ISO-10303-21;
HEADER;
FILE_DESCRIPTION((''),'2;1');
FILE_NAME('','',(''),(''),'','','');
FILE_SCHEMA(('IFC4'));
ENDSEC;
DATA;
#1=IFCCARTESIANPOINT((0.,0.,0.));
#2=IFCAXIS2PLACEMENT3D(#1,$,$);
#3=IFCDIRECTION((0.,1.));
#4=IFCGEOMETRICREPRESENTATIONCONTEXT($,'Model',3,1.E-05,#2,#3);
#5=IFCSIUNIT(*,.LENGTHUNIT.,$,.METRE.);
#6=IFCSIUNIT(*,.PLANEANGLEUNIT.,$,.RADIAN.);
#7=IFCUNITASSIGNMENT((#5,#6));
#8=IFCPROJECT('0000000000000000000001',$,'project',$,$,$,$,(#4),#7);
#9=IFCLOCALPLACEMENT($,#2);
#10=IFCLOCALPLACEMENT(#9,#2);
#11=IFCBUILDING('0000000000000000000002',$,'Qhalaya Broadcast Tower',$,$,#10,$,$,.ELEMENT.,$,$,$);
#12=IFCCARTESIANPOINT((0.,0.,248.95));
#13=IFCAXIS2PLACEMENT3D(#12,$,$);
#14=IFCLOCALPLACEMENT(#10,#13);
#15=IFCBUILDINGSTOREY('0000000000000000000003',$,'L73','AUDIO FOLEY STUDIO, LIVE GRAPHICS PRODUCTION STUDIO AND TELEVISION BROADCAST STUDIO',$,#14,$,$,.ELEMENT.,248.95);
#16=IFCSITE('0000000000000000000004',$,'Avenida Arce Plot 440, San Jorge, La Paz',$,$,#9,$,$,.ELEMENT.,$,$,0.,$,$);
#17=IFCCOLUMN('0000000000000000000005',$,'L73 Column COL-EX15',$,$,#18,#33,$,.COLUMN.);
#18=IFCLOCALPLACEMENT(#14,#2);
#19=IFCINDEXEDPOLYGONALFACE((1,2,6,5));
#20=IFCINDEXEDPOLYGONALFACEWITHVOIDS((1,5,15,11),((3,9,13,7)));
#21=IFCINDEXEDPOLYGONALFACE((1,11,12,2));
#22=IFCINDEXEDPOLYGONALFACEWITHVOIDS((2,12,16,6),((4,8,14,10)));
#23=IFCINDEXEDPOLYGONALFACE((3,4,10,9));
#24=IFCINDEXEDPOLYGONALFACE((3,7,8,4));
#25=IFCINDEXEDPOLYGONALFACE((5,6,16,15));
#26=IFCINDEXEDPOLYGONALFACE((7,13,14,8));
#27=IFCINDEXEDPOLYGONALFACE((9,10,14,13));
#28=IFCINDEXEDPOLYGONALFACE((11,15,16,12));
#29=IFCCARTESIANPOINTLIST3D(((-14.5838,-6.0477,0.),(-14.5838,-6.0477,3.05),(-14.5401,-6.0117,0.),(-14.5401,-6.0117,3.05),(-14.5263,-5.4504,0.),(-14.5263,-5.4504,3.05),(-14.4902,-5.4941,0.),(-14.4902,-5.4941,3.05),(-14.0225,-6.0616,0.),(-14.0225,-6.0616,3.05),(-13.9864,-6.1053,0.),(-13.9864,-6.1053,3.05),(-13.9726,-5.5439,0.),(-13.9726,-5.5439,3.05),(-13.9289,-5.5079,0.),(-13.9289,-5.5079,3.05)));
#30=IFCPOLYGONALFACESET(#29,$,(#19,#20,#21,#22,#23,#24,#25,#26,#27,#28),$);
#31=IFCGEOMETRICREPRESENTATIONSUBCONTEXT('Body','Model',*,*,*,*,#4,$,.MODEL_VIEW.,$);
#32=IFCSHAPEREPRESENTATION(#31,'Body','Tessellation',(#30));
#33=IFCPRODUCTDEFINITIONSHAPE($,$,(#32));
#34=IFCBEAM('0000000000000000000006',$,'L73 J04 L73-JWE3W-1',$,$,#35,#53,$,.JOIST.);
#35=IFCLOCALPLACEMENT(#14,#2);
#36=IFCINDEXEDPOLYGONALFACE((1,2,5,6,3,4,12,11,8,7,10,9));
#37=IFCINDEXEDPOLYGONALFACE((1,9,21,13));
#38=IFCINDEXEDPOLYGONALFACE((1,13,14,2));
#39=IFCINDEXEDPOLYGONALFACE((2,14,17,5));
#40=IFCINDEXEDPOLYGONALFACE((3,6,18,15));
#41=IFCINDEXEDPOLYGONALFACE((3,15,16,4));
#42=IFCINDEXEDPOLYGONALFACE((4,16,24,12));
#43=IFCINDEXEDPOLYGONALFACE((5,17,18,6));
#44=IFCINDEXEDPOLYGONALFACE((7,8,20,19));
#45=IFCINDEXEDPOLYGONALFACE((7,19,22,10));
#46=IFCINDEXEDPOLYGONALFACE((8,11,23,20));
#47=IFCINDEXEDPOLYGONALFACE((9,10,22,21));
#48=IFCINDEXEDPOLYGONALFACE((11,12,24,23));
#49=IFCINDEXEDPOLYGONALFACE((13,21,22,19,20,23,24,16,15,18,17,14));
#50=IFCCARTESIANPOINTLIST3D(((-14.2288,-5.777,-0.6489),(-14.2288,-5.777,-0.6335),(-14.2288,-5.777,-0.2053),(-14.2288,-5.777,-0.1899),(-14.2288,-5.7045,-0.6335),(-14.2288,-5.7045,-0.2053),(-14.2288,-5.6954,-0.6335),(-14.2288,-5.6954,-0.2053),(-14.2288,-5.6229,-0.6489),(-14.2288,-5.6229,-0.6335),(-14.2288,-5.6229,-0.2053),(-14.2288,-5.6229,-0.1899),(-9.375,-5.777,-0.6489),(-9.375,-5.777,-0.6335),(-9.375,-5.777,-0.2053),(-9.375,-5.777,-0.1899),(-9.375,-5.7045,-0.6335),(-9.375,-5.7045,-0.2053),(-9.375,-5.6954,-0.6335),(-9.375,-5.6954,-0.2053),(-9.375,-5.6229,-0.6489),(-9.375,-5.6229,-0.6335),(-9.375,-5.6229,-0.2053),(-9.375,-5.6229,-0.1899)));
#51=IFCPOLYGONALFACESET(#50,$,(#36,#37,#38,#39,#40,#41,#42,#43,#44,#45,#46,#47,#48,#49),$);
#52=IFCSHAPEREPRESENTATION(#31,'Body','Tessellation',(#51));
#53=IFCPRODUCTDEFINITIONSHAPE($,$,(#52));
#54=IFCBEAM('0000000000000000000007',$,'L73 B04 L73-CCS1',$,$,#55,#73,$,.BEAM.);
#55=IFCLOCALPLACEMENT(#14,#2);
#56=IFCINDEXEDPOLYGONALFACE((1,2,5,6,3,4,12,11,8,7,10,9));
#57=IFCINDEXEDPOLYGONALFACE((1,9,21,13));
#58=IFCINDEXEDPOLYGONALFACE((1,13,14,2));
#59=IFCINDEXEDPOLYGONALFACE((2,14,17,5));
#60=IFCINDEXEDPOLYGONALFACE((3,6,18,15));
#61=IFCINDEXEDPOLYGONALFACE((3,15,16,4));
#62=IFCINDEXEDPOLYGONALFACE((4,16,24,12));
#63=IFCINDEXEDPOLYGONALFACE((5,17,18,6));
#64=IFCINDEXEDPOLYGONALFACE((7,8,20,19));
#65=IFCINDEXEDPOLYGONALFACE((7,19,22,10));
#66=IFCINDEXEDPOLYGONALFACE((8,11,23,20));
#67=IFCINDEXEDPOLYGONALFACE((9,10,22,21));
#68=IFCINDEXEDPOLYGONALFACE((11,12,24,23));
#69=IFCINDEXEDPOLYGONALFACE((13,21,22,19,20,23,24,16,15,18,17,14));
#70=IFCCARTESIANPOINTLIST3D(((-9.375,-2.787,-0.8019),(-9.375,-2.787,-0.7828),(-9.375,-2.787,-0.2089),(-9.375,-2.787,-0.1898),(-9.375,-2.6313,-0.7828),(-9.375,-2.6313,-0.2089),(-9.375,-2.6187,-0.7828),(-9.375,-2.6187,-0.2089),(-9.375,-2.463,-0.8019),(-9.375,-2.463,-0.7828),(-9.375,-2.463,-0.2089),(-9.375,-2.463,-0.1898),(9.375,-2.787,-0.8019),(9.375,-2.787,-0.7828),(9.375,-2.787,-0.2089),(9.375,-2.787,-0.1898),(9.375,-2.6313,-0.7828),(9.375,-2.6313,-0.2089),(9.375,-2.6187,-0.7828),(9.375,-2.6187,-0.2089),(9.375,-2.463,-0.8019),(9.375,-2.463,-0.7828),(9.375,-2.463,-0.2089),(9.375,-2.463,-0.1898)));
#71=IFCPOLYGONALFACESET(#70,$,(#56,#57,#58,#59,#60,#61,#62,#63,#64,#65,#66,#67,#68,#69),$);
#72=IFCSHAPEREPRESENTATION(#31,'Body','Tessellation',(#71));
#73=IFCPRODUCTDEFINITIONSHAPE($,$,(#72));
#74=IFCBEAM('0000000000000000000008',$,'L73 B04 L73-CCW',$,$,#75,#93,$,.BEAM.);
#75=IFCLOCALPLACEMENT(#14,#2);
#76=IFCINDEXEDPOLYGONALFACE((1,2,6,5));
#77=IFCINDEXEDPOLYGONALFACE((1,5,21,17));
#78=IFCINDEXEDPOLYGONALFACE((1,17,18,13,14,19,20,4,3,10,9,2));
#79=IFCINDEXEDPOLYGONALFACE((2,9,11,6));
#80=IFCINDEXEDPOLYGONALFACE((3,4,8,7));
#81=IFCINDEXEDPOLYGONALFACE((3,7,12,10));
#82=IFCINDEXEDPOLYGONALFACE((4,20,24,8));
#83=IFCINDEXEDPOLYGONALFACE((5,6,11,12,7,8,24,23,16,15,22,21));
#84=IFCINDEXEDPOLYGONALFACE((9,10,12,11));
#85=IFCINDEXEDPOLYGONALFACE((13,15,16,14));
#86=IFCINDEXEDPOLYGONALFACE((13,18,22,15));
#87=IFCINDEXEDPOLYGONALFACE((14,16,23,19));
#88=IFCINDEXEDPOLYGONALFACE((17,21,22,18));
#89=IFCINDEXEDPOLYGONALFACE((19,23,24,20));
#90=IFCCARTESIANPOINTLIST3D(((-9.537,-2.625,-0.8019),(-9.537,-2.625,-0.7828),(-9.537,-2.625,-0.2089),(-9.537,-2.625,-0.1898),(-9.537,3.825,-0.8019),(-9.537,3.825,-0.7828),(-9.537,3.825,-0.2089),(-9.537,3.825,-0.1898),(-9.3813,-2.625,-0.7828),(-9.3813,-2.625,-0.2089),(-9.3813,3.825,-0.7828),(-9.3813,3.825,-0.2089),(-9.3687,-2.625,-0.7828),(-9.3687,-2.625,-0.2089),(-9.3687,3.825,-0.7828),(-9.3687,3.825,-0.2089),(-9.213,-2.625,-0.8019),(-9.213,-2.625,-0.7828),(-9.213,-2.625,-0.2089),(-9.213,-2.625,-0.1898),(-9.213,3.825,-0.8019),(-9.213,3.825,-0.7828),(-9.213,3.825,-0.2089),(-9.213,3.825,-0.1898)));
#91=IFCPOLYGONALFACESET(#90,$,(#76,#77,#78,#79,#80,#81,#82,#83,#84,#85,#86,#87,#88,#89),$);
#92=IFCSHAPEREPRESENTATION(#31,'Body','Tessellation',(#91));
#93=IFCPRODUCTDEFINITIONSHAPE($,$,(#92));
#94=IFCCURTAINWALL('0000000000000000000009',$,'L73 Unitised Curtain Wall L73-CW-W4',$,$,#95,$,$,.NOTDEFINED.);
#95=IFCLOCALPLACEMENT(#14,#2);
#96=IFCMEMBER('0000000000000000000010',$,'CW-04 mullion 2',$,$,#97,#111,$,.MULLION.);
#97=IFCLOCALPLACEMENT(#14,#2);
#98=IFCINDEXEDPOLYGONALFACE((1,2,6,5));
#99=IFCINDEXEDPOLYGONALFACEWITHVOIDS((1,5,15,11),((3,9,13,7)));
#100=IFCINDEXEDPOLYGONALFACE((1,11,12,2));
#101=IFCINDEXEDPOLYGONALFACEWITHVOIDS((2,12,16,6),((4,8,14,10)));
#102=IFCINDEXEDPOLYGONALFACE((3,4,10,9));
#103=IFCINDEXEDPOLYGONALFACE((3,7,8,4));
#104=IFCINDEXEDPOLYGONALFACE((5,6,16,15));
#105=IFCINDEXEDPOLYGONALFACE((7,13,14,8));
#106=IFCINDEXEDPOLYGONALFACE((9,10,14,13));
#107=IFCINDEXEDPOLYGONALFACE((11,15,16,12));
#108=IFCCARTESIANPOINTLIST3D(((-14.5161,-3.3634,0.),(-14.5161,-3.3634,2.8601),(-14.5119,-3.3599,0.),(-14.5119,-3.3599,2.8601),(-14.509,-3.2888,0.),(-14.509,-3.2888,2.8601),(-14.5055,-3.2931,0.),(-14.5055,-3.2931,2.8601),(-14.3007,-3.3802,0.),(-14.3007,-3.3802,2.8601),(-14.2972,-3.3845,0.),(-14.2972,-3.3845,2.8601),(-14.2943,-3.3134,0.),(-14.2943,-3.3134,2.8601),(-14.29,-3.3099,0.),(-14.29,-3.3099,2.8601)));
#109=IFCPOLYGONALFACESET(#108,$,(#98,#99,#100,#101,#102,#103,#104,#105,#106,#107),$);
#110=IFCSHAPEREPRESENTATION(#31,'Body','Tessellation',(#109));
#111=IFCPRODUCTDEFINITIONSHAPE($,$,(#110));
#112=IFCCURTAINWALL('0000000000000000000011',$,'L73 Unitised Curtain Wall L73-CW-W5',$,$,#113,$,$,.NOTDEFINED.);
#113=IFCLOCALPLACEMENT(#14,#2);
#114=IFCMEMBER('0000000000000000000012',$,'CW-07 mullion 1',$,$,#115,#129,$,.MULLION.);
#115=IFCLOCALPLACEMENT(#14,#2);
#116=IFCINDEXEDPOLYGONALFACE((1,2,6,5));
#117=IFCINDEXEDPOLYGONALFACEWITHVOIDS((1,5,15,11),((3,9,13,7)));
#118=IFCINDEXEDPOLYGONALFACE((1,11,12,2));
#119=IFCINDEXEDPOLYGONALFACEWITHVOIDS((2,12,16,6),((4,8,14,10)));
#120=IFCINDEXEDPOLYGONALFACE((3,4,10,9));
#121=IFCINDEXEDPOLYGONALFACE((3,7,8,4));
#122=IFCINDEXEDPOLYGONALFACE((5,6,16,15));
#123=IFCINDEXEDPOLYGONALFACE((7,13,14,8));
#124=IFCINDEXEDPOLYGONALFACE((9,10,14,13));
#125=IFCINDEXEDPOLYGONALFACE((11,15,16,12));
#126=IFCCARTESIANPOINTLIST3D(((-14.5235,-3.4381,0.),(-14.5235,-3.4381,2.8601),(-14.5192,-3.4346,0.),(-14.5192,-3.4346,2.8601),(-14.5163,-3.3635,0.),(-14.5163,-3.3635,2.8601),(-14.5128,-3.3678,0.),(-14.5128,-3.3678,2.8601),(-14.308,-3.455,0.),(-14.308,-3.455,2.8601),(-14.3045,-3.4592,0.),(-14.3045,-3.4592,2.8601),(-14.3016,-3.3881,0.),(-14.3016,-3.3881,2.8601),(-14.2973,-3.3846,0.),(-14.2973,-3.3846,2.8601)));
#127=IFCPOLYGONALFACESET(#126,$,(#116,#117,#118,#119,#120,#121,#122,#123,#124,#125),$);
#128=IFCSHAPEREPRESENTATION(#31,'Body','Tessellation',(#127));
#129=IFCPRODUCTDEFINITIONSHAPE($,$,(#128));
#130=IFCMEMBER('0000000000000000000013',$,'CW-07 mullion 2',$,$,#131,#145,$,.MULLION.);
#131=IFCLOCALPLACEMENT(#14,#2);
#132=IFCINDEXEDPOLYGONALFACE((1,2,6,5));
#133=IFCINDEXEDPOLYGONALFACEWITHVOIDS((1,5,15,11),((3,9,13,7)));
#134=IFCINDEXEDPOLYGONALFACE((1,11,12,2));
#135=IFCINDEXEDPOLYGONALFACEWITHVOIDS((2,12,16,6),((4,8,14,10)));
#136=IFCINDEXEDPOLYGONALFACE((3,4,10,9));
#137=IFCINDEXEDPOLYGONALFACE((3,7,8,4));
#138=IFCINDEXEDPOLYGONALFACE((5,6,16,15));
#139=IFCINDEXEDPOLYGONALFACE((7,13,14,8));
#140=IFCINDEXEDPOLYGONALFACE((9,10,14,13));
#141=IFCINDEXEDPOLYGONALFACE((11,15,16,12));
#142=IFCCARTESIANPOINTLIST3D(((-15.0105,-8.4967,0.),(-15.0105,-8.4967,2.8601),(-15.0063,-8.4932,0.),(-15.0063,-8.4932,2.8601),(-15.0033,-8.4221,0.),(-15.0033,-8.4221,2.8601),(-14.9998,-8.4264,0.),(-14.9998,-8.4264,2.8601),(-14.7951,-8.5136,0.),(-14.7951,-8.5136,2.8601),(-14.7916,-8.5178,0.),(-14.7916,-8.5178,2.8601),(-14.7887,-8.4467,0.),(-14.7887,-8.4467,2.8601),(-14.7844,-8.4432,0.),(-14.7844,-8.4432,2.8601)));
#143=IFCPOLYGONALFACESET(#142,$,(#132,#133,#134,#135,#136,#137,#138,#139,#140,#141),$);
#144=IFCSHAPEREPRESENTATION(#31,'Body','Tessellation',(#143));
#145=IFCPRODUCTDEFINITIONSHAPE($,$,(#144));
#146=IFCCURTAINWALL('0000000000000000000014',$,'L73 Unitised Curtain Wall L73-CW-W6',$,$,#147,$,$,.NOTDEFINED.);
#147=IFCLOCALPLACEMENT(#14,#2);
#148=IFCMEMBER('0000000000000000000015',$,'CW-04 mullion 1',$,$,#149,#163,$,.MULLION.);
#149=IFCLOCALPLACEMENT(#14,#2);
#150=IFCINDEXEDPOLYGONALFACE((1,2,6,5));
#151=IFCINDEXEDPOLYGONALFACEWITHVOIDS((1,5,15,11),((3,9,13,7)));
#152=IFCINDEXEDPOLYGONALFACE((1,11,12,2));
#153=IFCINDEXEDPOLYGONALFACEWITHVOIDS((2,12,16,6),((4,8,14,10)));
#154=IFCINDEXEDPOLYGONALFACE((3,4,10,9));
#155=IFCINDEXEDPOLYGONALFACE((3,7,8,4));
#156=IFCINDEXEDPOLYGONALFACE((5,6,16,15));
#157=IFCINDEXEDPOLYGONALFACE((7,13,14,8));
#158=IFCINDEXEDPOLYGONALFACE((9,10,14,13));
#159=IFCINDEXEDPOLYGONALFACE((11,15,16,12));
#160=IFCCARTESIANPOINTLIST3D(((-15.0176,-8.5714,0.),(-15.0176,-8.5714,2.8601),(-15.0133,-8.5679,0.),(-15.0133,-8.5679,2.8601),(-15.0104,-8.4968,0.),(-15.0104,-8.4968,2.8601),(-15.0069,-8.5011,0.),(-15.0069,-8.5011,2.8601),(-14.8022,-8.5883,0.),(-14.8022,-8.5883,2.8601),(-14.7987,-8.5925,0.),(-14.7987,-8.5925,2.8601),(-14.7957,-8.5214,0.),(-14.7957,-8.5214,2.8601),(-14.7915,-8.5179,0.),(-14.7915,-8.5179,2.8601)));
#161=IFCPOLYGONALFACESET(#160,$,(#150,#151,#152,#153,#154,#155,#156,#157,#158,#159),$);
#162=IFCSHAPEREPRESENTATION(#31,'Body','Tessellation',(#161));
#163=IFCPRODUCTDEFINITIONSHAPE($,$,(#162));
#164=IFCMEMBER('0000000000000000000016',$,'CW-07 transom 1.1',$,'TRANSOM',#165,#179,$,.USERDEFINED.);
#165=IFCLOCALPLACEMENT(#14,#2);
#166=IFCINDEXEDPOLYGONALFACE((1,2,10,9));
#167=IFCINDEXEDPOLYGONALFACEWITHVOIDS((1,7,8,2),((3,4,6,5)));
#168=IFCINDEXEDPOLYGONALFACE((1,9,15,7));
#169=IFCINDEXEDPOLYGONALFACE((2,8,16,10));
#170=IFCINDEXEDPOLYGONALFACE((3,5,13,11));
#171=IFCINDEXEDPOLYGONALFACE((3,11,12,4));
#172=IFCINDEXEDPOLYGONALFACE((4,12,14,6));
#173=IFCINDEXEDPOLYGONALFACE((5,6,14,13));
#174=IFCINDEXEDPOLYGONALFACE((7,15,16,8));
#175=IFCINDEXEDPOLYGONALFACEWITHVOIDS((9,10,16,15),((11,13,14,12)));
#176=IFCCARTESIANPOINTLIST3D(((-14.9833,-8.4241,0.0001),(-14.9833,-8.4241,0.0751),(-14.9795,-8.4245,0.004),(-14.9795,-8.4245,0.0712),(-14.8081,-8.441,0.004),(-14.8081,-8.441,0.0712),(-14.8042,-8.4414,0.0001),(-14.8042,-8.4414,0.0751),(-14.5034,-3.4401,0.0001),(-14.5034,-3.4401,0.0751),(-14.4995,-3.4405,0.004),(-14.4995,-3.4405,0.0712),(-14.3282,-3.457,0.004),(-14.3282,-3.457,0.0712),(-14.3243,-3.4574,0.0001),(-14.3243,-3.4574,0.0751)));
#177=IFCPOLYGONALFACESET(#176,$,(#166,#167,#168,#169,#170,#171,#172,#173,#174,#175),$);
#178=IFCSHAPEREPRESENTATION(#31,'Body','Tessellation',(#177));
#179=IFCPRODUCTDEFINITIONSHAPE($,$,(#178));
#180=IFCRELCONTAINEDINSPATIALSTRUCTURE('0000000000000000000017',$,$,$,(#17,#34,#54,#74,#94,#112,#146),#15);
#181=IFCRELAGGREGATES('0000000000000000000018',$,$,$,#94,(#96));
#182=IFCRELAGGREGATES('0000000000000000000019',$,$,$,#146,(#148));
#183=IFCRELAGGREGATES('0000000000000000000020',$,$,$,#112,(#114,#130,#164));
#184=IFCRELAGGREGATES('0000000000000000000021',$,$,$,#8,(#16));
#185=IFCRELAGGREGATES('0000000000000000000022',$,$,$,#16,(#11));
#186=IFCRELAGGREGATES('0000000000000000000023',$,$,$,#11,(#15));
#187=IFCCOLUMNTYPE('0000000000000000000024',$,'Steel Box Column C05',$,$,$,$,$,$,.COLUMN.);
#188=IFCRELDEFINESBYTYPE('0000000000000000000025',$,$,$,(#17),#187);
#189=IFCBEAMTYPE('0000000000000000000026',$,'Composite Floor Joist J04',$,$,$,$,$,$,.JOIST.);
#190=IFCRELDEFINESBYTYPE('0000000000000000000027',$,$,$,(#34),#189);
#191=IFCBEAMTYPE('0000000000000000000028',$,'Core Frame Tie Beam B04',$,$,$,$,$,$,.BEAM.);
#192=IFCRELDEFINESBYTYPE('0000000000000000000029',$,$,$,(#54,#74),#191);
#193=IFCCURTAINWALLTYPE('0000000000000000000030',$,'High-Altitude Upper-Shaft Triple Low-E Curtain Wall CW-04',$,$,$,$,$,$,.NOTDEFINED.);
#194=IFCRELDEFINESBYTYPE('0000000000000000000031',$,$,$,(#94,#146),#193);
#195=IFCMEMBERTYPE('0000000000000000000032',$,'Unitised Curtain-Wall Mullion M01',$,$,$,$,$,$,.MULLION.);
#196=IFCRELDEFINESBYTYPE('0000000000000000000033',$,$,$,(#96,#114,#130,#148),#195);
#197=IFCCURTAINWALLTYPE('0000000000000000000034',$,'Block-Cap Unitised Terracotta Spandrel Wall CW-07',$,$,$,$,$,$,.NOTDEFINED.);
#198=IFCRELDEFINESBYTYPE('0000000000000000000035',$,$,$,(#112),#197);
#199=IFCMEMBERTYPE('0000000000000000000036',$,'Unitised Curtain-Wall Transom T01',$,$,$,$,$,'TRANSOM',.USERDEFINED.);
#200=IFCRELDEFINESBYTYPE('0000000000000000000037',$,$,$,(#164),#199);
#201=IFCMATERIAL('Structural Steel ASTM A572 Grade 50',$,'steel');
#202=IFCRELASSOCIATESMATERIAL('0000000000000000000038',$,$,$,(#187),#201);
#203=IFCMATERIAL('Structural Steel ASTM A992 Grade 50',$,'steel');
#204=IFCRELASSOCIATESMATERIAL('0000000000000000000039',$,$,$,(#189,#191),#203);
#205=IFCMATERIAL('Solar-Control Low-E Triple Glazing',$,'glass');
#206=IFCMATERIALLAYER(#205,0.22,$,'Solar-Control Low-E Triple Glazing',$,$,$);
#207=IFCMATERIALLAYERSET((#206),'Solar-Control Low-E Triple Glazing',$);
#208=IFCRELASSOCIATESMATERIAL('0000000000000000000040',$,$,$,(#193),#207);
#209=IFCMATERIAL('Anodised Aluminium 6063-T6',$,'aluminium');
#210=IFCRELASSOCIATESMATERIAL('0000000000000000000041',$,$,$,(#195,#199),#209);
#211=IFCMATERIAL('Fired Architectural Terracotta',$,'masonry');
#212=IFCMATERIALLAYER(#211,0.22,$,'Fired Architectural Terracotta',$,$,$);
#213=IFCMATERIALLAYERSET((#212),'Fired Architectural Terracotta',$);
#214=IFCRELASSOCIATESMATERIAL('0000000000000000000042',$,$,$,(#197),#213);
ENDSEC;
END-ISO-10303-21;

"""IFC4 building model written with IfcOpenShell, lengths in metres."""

from ifc_helpers import new_model, si_unit, direction, frame, origin, origin_2d, place, context, subcontext, project, spatial, hollow_rectangle, i_section, extrude, material, layer, layer_set, material_profile, profile_set, type_object, element, aggregate, save


model = new_model("IFC4")

# Units and contexts
model_context = context("Model", 3, precision=1e-05, world=origin(), true_north=direction((0.0, 1.0)))
body_context = subcontext(model_context, "Body", "Model", "MODEL_VIEW")
ifc_project = project(units=[si_unit("LENGTHUNIT", "METRE"), si_unit("PLANEANGLEUNIT", "RADIAN")], contexts=[model_context])

# Site, building, storey
site_placement = place(None, origin())
site = spatial("IfcSite", under=ifc_project, at=site_placement, Name="Avenida Arce Plot 440, San Jorge, La Paz", CompositionType="ELEMENT", RefElevation=0.0)
building_placement = place(site_placement, origin())
building = spatial("IfcBuilding", under=site, at=building_placement, Name="Qhalaya Broadcast Tower", CompositionType="ELEMENT")
storey_placement = place(building_placement, frame((0.0, 0.0, 248.95)))
storey = spatial("IfcBuildingStorey", under=building, at=storey_placement, Name="L73", Description="AUDIO FOLEY STUDIO, LIVE GRAPHICS PRODUCTION STUDIO AND TELEVISION BROADCAST STUDIO", CompositionType="ELEMENT", Elevation=248.95)

# Column
ifc_material_1 = material(Name="Structural Steel ASTM A572 Grade 50", Category="steel")
ifc_material_profile_1 = material_profile(ifc_material_1, hollow_rectangle(XDim=0.6001, YDim=0.6001, WallThickness=0.04, at=origin_2d()), Name="BOX 600x600x40")
ifc_profile_set_1 = profile_set([ifc_material_profile_1], Name="Structural Steel ASTM A572 Grade 50")
column_type = type_object("IfcColumnType", Name="Steel Box Column C05", PredefinedType="COLUMN", material=ifc_profile_set_1)
column_placement = place(storey_placement, frame((-14.2563, -5.7778, 0.0), z_axis=(0.0, 0.0, 1.0), x_axis=(0.095846, 0.995396, 0.0)))
element("IfcColumn", 1, at=column_placement, inside=storey, type_object=column_type, Name="L73 Column COL-EX15", PredefinedType="COLUMN", context=body_context, shape_type="SweptSolid", body=[
    extrude(hollow_rectangle(XDim=0.6001, YDim=0.6001, WallThickness=0.04, at=origin_2d()), origin(), (0.0, 0.0, 1.0), 3.05),
])

# Beams
ifc_material_2 = material(Name="Structural Steel ASTM A992 Grade 50", Category="steel")
ifc_material_profile_2 = material_profile(ifc_material_2, i_section(OverallWidth=0.1541, OverallDepth=0.459, WebThickness=0.009, FlangeThickness=0.0154, at=origin_2d()), Name="W18X46")
ifc_profile_set_2 = profile_set([ifc_material_profile_2], Name="Structural Steel ASTM A992 Grade 50")
beam_type_1 = type_object("IfcBeamType", Name="Composite Floor Joist J04", PredefinedType="JOIST", material=ifc_profile_set_2)
beam_1_placement = place(storey_placement, frame((-14.2288, -5.7, -0.4194), z_axis=(1.0, 0.0, 0.0), x_axis=(0.0, 1.0, 0.0)))
element("IfcBeam", 2, at=beam_1_placement, inside=storey, type_object=beam_type_1, Name="L73 J04 L73-JWE3W-1", PredefinedType="JOIST", context=body_context, shape_type="SweptSolid", body=[
    extrude(i_section(OverallWidth=0.1541, OverallDepth=0.459, WebThickness=0.009, FlangeThickness=0.0154, at=origin_2d()), origin(), (0.0, 0.0, 1.0), 4.8538),
])
ifc_material_profile_3 = material_profile(ifc_material_2, i_section(OverallWidth=0.324, OverallDepth=0.6121, WebThickness=0.0127, FlangeThickness=0.019, at=origin_2d()), Name="W24X104")
ifc_profile_set_3 = profile_set([ifc_material_profile_3], Name="Structural Steel ASTM A992 Grade 50")
beam_type_2 = type_object("IfcBeamType", Name="Core Frame Tie Beam B04", PredefinedType="BEAM", material=ifc_profile_set_3)
beam_2_placement = place(storey_placement, frame((-9.375, -2.625, -0.4958), z_axis=(1.0, 0.0, 0.0), x_axis=(0.0, 1.0, 0.0)))
element("IfcBeam", 3, at=beam_2_placement, inside=storey, type_object=beam_type_2, Name="L73 B04 L73-CCS1", PredefinedType="BEAM", context=body_context, shape_type="SweptSolid", body=[
    extrude(i_section(OverallWidth=0.324, OverallDepth=0.6121, WebThickness=0.0127, FlangeThickness=0.019, at=origin_2d()), origin(), (0.0, 0.0, 1.0), 18.75),
])
beam_3_placement = place(storey_placement, frame((-9.375, -2.625, -0.4958), z_axis=(0.0, 1.0, 0.0), x_axis=(-1.0, 0.0, 0.0)))
element("IfcBeam", 4, at=beam_3_placement, inside=storey, type_object=beam_type_2, Name="L73 B04 L73-CCW", PredefinedType="BEAM", context=body_context, shape_type="SweptSolid", body=[
    extrude(i_section(OverallWidth=0.324, OverallDepth=0.6121, WebThickness=0.0127, FlangeThickness=0.019, at=origin_2d()), origin(), (0.0, 0.0, 1.0), 6.45),
])

# Curtain wall, member
ifc_material_3 = material(Name="Solar-Control Low-E Triple Glazing", Category="glass")
ifc_layer_1 = layer(ifc_material_3, 0.22, Name="Solar-Control Low-E Triple Glazing")
ifc_layer_set_1 = layer_set([ifc_layer_1], Name="Solar-Control Low-E Triple Glazing")
curtain_wall_type_1 = type_object("IfcCurtainWallType", Name="High-Altitude Upper-Shaft Triple Low-E Curtain Wall CW-04", PredefinedType="NOTDEFINED", material=ifc_layer_set_1)
curtain_wall_1_placement = place(storey_placement, origin())
curtain_wall_1 = element("IfcCurtainWall", 5, at=curtain_wall_1_placement, inside=storey, type_object=curtain_wall_type_1, Name="L73 Unitised Curtain Wall L73-CW-W4", PredefinedType="NOTDEFINED")
ifc_material_4 = material(Name="Anodised Aluminium 6063-T6", Category="aluminium")
ifc_material_profile_4 = material_profile(ifc_material_4, hollow_rectangle(XDim=0.075, YDim=0.22, WallThickness=0.0039, at=origin_2d()), Name="ALU-MUL 75x220x4")
ifc_profile_set_4 = profile_set([ifc_material_profile_4], Name="Anodised Aluminium 6063-T6")
member_type_1 = type_object("IfcMemberType", Name="Unitised Curtain-Wall Mullion M01", PredefinedType="MULLION", material=ifc_profile_set_4)
member_1_placement = place(storey_placement, frame((-14.4031, -3.3367, 0.0), z_axis=(0.0, 0.0, 1.0), x_axis=(-0.09582, -0.995399, 0.0)))
member_1 = element("IfcMember", 6, at=member_1_placement, type_object=member_type_1, Name="CW-04 mullion 2", PredefinedType="MULLION", context=body_context, shape_type="SweptSolid", body=[
    extrude(hollow_rectangle(XDim=0.075, YDim=0.22, WallThickness=0.0039, at=origin_2d()), origin(), (0.0, 0.0, 1.0), 2.8601),
])
aggregate(curtain_wall_1, [member_1])

# Curtain wall, members
ifc_material_5 = material(Name="Fired Architectural Terracotta", Category="masonry")
ifc_layer_2 = layer(ifc_material_5, 0.22, Name="Fired Architectural Terracotta")
ifc_layer_set_2 = layer_set([ifc_layer_2], Name="Fired Architectural Terracotta")
curtain_wall_type_2 = type_object("IfcCurtainWallType", Name="Block-Cap Unitised Terracotta Spandrel Wall CW-07", PredefinedType="NOTDEFINED", material=ifc_layer_set_2)
curtain_wall_2_placement = place(storey_placement, origin())
curtain_wall_2 = element("IfcCurtainWall", 7, at=curtain_wall_2_placement, inside=storey, type_object=curtain_wall_type_2, Name="L73 Unitised Curtain Wall L73-CW-W5", PredefinedType="NOTDEFINED")
member_2_placement = place(storey_placement, frame((-14.4104, -3.4114, 0.0), z_axis=(0.0, 0.0, 1.0), x_axis=(-0.095849, -0.995396, 0.0)))
member_2 = element("IfcMember", 8, at=member_2_placement, type_object=member_type_1, Name="CW-07 mullion 1", PredefinedType="MULLION", context=body_context, shape_type="SweptSolid", body=[
    extrude(hollow_rectangle(XDim=0.075, YDim=0.22, WallThickness=0.0039, at=origin_2d()), origin(), (0.0, 0.0, 1.0), 2.8601),
])
member_3_placement = place(storey_placement, frame((-14.8975, -8.47, 0.0), z_axis=(0.0, 0.0, 1.0), x_axis=(-0.095849, -0.995396, 0.0)))
member_3 = element("IfcMember", 9, at=member_3_placement, type_object=member_type_1, Name="CW-07 mullion 2", PredefinedType="MULLION", context=body_context, shape_type="SweptSolid", body=[
    extrude(hollow_rectangle(XDim=0.075, YDim=0.22, WallThickness=0.0039, at=origin_2d()), origin(), (0.0, 0.0, 1.0), 2.8601),
])

# Curtain wall, member
curtain_wall_3_placement = place(storey_placement, origin())
curtain_wall_3 = element("IfcCurtainWall", 10, at=curtain_wall_3_placement, inside=storey, type_object=curtain_wall_type_1, Name="L73 Unitised Curtain Wall L73-CW-W6", PredefinedType="NOTDEFINED")
member_4_placement = place(storey_placement, frame((-14.9045, -8.5447, 0.0), z_axis=(0.0, 0.0, 1.0), x_axis=(-0.095855, -0.995395, 0.0)))
member_4 = element("IfcMember", 11, at=member_4_placement, type_object=member_type_1, Name="CW-04 mullion 1", PredefinedType="MULLION", context=body_context, shape_type="SweptSolid", body=[
    extrude(hollow_rectangle(XDim=0.075, YDim=0.22, WallThickness=0.0039, at=origin_2d()), origin(), (0.0, 0.0, 1.0), 2.8601),
])

# Member
ifc_material_profile_5 = material_profile(ifc_material_4, hollow_rectangle(XDim=0.075, YDim=0.1799, WallThickness=0.0039, at=origin_2d()), Name="ALU-TRN 75x180x4")
ifc_profile_set_5 = profile_set([ifc_material_profile_5], Name="Anodised Aluminium 6063-T6")
member_type_2 = type_object("IfcMemberType", Name="Unitised Curtain-Wall Transom T01", ElementType="TRANSOM", PredefinedType="USERDEFINED", material=ifc_profile_set_5)
member_5_placement = place(storey_placement, frame((-14.4138, -3.4487, 0.0376), z_axis=(-0.095858, -0.995395, 0.0), x_axis=(0.0, 0.0, 1.0)))
member_5 = element("IfcMember", 12, at=member_5_placement, type_object=member_type_2, Name="CW-07 transom 1.1", ObjectType="TRANSOM", PredefinedType="USERDEFINED", context=body_context, shape_type="SweptSolid", body=[
    extrude(hollow_rectangle(XDim=0.075, YDim=0.1799, WallThickness=0.0039, at=origin_2d()), origin(), (0.0, 0.0, 1.0), 5.0071),
])
aggregate(curtain_wall_3, [member_4])

aggregate(curtain_wall_2, [member_2, member_3, member_5])

save(model, "model.ifc")
